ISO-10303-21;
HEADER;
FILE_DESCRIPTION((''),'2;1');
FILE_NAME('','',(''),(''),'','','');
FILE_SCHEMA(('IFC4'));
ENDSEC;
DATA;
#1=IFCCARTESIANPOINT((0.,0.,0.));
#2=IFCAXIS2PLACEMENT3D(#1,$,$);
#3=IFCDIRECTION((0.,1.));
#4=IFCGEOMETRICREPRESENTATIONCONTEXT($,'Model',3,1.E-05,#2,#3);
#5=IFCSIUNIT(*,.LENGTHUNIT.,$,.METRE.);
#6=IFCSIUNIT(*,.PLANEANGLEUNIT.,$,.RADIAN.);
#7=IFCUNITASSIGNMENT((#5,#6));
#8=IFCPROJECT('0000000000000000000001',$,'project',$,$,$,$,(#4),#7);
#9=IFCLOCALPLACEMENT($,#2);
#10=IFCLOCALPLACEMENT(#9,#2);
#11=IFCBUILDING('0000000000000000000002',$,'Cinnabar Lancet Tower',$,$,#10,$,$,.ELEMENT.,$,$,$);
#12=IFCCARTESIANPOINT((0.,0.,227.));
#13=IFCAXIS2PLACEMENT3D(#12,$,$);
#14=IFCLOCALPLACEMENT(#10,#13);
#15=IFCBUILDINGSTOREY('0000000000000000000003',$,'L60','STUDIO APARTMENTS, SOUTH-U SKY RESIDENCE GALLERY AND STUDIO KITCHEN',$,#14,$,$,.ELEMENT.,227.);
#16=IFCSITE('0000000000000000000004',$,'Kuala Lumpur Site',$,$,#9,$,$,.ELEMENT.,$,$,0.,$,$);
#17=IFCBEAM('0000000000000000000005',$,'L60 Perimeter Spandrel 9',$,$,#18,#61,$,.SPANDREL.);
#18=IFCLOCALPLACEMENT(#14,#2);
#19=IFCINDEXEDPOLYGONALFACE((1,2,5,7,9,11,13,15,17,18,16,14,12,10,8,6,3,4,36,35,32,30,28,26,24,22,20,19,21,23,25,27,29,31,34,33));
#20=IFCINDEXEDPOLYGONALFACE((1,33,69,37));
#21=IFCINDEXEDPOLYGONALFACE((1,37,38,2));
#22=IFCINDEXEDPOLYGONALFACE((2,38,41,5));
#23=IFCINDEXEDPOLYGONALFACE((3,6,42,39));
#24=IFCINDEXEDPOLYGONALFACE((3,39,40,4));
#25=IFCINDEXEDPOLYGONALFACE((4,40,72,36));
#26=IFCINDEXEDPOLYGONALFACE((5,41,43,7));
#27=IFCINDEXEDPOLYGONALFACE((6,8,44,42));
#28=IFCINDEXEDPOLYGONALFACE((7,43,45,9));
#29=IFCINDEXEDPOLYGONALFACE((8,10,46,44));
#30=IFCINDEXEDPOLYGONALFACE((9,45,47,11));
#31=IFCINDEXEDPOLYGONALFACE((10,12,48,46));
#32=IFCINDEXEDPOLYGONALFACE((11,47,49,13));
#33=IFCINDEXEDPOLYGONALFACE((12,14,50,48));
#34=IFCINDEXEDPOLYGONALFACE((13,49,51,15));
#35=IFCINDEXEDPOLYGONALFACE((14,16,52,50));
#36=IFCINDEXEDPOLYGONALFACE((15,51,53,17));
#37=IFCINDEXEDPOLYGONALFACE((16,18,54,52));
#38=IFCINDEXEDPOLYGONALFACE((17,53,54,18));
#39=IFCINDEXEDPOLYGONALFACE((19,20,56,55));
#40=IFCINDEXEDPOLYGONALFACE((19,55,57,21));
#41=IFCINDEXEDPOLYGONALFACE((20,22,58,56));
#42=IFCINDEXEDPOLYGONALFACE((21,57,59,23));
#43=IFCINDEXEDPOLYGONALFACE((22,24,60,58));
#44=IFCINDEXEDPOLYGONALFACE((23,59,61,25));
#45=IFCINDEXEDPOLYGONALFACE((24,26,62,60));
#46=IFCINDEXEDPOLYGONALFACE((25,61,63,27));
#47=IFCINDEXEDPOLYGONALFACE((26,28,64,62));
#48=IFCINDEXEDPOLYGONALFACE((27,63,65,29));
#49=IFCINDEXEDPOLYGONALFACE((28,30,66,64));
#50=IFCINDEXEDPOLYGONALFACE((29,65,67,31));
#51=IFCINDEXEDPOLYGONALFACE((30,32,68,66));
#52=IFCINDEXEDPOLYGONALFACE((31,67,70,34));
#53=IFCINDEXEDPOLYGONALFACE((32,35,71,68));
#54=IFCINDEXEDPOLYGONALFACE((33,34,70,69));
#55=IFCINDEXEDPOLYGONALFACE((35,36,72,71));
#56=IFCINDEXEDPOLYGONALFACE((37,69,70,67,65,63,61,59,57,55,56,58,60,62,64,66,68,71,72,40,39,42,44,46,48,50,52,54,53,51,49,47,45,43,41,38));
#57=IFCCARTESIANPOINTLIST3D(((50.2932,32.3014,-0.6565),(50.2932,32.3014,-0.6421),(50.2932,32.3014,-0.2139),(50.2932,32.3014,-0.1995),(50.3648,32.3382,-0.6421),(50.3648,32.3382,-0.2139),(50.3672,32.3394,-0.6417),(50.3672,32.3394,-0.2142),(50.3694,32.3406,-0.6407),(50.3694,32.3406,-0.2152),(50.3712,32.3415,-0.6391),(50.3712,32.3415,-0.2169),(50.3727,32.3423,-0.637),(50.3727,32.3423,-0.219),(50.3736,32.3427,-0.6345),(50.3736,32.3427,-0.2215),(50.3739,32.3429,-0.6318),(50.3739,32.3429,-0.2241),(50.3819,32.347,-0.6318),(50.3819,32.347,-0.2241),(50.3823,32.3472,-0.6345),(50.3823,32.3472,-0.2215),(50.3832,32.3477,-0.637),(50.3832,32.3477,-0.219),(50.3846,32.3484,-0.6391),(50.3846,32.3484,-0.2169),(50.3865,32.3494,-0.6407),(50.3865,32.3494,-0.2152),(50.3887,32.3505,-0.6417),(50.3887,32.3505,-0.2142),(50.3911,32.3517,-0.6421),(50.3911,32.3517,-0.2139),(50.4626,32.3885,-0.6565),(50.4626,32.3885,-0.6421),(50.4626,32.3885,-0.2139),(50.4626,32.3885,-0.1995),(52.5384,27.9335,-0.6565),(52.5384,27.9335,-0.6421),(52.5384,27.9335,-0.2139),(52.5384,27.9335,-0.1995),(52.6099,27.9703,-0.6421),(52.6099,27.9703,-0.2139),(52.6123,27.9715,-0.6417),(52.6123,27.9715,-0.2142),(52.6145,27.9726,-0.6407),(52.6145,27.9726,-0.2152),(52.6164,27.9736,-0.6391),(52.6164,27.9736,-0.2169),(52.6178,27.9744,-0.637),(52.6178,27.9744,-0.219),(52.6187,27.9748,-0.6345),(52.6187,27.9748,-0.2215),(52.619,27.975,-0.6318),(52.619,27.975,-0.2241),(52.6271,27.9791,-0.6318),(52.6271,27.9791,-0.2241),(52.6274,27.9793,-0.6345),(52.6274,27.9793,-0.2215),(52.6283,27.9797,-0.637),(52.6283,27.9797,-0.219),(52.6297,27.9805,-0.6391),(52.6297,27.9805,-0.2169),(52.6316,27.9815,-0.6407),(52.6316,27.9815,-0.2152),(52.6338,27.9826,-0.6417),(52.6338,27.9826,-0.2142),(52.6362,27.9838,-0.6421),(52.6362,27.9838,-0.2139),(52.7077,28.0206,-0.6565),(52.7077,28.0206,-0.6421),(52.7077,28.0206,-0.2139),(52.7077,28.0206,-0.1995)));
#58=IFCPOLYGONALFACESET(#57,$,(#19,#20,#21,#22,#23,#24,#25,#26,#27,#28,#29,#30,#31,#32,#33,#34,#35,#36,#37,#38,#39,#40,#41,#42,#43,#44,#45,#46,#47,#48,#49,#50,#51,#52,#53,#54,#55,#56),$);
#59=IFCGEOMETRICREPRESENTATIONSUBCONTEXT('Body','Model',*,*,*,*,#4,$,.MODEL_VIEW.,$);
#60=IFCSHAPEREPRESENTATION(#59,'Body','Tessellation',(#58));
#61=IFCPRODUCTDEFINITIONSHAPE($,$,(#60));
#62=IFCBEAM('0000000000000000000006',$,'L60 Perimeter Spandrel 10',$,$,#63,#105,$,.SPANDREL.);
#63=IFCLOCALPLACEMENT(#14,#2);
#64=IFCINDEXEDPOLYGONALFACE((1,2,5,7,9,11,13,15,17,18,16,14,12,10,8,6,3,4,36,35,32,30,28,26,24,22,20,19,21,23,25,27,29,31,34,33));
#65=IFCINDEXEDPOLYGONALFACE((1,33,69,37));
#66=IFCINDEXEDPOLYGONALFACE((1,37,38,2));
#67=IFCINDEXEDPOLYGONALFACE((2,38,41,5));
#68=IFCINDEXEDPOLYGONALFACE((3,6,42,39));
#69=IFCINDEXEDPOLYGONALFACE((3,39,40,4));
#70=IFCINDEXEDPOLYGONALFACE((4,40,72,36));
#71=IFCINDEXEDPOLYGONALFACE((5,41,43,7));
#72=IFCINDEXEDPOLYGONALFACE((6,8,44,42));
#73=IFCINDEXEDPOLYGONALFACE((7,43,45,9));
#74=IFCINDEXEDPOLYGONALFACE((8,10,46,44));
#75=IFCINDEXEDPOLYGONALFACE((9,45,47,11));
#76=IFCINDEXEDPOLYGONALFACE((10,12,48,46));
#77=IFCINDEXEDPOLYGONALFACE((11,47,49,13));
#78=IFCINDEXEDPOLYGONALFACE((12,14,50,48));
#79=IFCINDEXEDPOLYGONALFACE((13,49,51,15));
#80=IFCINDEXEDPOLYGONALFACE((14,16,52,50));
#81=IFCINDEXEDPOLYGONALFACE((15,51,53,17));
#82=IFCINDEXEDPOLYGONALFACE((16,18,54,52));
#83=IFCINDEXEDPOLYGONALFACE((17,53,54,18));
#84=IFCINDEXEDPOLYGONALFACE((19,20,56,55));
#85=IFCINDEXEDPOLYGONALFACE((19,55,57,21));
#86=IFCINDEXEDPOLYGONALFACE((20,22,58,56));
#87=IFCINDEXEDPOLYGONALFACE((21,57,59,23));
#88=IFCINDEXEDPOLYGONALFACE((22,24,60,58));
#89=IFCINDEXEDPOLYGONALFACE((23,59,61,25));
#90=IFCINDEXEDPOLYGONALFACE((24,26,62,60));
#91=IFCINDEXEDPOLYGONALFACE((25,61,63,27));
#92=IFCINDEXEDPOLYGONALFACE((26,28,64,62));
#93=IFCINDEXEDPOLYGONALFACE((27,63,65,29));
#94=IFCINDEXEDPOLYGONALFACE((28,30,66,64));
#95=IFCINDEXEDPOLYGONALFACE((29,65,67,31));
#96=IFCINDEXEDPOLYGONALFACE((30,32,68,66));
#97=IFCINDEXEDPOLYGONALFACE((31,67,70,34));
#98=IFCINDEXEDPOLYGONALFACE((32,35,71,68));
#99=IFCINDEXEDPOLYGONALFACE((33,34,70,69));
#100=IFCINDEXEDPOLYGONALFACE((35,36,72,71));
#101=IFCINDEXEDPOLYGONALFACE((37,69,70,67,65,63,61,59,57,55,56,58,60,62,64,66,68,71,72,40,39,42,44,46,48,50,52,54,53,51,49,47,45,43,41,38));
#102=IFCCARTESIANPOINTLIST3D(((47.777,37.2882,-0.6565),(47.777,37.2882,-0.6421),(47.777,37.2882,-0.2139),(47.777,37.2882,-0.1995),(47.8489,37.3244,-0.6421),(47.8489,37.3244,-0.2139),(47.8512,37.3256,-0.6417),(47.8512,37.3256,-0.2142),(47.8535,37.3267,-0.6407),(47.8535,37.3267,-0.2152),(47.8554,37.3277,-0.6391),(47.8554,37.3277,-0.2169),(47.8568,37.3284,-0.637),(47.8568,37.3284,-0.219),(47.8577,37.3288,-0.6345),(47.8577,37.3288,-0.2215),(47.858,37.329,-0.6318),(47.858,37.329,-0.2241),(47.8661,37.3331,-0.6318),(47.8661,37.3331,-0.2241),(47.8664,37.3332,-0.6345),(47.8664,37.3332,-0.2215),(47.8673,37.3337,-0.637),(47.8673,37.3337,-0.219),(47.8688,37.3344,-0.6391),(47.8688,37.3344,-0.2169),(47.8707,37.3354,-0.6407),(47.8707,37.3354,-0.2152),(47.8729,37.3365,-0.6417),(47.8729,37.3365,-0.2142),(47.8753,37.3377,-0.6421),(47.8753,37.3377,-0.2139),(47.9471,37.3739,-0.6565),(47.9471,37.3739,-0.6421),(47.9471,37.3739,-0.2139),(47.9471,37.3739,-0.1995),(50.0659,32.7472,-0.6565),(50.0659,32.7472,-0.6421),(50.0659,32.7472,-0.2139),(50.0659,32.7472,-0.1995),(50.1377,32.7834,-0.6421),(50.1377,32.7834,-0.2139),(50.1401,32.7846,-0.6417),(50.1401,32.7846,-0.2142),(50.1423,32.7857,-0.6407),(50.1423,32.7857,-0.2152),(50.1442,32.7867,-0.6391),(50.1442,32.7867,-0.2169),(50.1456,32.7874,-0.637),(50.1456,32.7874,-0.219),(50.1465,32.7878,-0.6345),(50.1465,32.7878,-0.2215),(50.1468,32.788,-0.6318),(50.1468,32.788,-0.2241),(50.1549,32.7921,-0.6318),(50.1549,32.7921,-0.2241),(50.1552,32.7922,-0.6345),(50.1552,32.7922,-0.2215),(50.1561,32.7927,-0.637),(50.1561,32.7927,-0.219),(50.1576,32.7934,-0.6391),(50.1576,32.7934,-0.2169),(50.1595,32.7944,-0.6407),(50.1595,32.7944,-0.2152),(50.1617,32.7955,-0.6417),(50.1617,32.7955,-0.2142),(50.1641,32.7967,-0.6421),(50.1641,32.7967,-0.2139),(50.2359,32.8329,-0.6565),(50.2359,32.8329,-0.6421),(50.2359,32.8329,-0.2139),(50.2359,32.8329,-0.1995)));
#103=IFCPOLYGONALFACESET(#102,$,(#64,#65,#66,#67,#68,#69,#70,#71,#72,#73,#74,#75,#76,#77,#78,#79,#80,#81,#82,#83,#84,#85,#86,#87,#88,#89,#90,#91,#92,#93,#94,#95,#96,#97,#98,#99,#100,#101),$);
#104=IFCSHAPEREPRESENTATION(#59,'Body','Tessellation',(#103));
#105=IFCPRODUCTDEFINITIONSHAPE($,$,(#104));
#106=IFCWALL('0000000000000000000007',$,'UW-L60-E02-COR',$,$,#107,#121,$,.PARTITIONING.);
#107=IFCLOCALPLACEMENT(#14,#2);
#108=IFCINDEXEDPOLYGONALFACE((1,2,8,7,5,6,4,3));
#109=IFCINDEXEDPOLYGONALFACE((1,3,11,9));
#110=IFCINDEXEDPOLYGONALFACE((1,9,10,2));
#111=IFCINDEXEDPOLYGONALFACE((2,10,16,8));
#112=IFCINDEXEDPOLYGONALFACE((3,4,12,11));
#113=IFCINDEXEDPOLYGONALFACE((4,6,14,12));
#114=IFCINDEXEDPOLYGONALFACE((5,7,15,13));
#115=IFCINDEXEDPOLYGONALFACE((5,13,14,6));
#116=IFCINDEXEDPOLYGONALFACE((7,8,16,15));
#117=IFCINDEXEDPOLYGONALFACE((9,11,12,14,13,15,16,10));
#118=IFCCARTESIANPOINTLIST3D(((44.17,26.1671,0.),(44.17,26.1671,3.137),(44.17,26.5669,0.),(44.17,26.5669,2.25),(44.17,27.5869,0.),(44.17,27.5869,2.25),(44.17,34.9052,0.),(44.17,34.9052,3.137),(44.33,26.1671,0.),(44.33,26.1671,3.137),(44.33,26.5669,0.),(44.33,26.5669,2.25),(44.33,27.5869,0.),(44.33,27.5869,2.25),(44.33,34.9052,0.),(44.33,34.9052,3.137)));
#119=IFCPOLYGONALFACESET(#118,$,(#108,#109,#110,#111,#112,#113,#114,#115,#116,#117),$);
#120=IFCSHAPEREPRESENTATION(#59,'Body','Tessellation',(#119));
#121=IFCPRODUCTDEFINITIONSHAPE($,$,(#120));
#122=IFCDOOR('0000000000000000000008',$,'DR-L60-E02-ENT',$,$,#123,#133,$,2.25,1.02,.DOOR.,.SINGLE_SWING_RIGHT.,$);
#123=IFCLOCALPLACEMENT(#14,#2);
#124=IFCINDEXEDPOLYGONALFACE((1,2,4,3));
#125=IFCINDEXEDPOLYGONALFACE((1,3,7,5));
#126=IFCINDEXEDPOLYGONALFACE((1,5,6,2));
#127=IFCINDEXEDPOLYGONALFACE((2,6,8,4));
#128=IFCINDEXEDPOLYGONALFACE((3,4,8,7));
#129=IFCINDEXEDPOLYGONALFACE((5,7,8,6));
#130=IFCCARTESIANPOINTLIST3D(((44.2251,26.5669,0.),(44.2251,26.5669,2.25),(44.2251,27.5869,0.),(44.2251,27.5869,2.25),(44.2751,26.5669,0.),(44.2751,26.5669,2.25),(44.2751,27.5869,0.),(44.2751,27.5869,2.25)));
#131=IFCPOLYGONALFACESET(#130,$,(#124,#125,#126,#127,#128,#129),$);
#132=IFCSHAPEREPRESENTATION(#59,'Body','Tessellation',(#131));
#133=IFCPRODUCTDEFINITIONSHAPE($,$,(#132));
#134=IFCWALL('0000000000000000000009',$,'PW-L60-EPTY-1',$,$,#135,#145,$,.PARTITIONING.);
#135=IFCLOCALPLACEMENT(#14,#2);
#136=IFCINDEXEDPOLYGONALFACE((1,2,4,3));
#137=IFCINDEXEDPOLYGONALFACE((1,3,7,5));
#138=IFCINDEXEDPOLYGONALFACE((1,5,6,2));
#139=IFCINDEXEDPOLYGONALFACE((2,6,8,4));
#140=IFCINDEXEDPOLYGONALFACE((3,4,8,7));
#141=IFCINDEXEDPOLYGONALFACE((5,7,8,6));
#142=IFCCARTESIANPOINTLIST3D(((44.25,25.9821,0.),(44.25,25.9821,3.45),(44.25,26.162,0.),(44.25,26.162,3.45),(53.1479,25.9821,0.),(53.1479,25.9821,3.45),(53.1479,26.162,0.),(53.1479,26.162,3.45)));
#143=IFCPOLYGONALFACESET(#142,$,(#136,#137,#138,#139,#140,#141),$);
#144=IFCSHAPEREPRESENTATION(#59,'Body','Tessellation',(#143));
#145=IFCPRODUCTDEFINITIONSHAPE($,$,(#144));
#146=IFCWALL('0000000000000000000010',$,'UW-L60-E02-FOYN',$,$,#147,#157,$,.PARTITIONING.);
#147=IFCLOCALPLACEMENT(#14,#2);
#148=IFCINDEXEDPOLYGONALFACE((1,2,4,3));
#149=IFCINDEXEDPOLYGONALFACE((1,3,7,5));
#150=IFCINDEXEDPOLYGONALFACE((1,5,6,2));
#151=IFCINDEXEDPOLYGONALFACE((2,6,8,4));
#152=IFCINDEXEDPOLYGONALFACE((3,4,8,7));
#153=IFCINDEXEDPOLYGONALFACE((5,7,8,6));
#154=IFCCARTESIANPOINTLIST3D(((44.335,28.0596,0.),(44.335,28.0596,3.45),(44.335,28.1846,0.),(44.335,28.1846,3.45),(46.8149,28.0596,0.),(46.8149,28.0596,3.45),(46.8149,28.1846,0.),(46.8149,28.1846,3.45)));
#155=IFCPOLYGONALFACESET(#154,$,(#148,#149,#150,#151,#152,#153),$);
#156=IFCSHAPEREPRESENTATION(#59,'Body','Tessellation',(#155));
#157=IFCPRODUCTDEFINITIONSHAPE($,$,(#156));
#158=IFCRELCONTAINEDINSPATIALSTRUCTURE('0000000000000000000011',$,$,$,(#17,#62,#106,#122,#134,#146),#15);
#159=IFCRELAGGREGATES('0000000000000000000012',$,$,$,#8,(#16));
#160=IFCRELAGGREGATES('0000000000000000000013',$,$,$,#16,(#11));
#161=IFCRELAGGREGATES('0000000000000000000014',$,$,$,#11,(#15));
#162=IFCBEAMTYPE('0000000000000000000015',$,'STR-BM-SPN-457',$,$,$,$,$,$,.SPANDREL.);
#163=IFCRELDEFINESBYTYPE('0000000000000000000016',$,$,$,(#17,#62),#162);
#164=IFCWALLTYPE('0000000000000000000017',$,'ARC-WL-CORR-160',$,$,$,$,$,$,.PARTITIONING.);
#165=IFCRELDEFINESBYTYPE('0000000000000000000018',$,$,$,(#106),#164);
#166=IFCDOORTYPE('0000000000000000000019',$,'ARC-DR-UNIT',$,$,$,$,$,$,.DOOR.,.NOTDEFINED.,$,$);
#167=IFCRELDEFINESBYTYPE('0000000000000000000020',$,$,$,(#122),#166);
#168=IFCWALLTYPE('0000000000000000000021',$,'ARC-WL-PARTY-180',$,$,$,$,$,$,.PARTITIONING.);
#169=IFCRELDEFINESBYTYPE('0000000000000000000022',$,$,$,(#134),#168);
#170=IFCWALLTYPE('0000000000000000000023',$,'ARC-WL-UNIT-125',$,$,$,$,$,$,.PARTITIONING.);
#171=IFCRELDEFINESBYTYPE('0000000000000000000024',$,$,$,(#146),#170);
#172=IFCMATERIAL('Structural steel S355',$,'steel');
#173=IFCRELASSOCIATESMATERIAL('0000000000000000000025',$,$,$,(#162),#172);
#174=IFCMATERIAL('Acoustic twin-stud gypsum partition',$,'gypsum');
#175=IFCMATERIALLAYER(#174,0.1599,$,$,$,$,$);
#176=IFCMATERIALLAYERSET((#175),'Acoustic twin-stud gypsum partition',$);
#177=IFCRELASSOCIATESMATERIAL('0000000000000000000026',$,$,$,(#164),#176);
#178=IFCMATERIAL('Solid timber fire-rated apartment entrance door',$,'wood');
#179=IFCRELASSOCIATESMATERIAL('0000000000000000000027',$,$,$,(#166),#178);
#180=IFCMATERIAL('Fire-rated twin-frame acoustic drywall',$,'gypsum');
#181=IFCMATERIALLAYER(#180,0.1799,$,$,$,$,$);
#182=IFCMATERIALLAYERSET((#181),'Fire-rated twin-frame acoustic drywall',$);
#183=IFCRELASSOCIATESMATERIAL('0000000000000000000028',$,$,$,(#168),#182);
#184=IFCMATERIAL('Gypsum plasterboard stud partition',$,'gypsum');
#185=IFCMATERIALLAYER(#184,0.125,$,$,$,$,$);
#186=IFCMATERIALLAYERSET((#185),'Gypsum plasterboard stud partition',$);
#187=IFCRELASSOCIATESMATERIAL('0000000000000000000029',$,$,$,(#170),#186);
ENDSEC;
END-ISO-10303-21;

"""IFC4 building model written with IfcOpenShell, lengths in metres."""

from ifc_helpers import new_model, si_unit, direction, frame, frame_2d, origin, origin_2d, place, context, subcontext, project, spatial, rectangle, i_section, extrude, material, layer, layer_set, material_profile, profile_set, type_object, element, fill, save


model = new_model("IFC4")

# Units and contexts
model_context = context("Model", 3, precision=1e-05, world=origin(), true_north=direction((0.0, 1.0)))
body_context = subcontext(model_context, "Body", "Model", "MODEL_VIEW")
ifc_project = project(units=[si_unit("LENGTHUNIT", "METRE"), si_unit("PLANEANGLEUNIT", "RADIAN")], contexts=[model_context])

# Site, building, storey
site_placement = place(None, origin())
site = spatial("IfcSite", under=ifc_project, at=site_placement, Name="Kuala Lumpur Site", CompositionType="ELEMENT", RefElevation=0.0)
building_placement = place(site_placement, origin())
building = spatial("IfcBuilding", under=site, at=building_placement, Name="Cinnabar Lancet Tower", CompositionType="ELEMENT")
storey_placement = place(building_placement, frame((0.0, 0.0, 227.0)))
storey = spatial("IfcBuildingStorey", under=building, at=storey_placement, Name="L60", Description="STUDIO APARTMENTS, SOUTH-U SKY RESIDENCE GALLERY AND STUDIO KITCHEN", CompositionType="ELEMENT", Elevation=227.0)

# Beams
ifc_material_1 = material(Name="Structural steel S355", Category="steel")
ifc_material_profile_1 = material_profile(ifc_material_1, i_section(OverallWidth=0.1904, OverallDepth=0.457, WebThickness=0.009, FlangeThickness=0.0144, FilletRadius=0.0103, at=origin_2d()), Name="UKB 457x191x74")
ifc_profile_set_1 = profile_set([ifc_material_profile_1], Name="Structural steel S355")
beam_type_1 = type_object("IfcBeamType", Name="STR-BM-SPN-457", PredefinedType="SPANDREL", material=ifc_profile_set_1)
beam_1_placement = place(storey_placement, frame((52.623, 27.9771, -0.428), z_axis=(-0.457148, 0.889391, 0.0), x_axis=(-0.889391, -0.457148, 0.0)))
element("IfcBeam", 1, at=beam_1_placement, inside=storey, type_object=beam_type_1, Name="L60 Perimeter Spandrel 9", PredefinedType="SPANDREL", context=body_context, shape_type="SweptSolid", body=[
    extrude(i_section(OverallWidth=0.1904, OverallDepth=0.457, WebThickness=0.009, FlangeThickness=0.0144, FilletRadius=0.0103, at=origin_2d()), origin(), (0.0, 0.0, 1.0), 4.9111),
])
beam_2_placement = place(storey_placement, frame((50.1509, 32.79, -0.428), z_axis=(-0.450092, 0.892982, 0.0), x_axis=(-0.892982, -0.450092, 0.0)))
element("IfcBeam", 2, at=beam_2_placement, inside=storey, type_object=beam_type_1, Name="L60 Perimeter Spandrel 10", PredefinedType="SPANDREL", context=body_context, shape_type="SweptSolid", body=[
    extrude(i_section(OverallWidth=0.1904, OverallDepth=0.457, WebThickness=0.009, FlangeThickness=0.0144, FilletRadius=0.0103, at=origin_2d()), origin(), (0.0, 0.0, 1.0), 5.0852),
])

# Wall, opening, door
ifc_material_2 = material(Name="Acoustic twin-stud gypsum partition", Category="gypsum")
ifc_layer_1 = layer(ifc_material_2, 0.1599)
ifc_layer_set_1 = layer_set([ifc_layer_1], Name="Acoustic twin-stud gypsum partition")
wall_type_1 = type_object("IfcWallType", Name="ARC-WL-CORR-160", PredefinedType="PARTITIONING", material=ifc_layer_set_1)
wall_1_placement = place(storey_placement, frame((44.25, 26.167, 0.0), z_axis=(0.0, 0.0, 1.0), x_axis=(0.0, 1.0, 0.0)))
wall_1 = element("IfcWall", 3, at=wall_1_placement, inside=storey, type_object=wall_type_1, Name="UW-L60-E02-COR", PredefinedType="PARTITIONING", context=body_context, shape_type="SweptSolid", body=[
    extrude(rectangle(XDim=8.738, YDim=0.1599, at=frame_2d((4.3691, 0.0))), origin(), (0.0, 0.0, 1.0), 3.137),
])
opening_1_placement = place(wall_1_placement, frame((0.3999, 0.0, 0.0)))
opening_1 = element("IfcOpeningElement", 4, at=opening_1_placement, cuts=wall_1, PredefinedType="OPENING", context=body_context, shape_type="SweptSolid", body=[
    extrude(rectangle(XDim=1.02, YDim=2.25, at=frame_2d((0.51, 1.125))), frame((0.0, 0.0898, 0.0), z_axis=(0.0, -1.0, 0.0), x_axis=(1.0, 0.0, 0.0)), (0.0, 0.0, 1.0), 0.1799),
])
ifc_material_3 = material(Name="Solid timber fire-rated apartment entrance door", Category="wood")
door_type_1 = type_object("IfcDoorType", Name="ARC-DR-UNIT", OperationType="NOTDEFINED", PredefinedType="DOOR", material=ifc_material_3)
door_1_placement = place(opening_1_placement, origin())
door_1 = element("IfcDoor", 5, at=door_1_placement, inside=storey, type_object=door_type_1, Name="DR-L60-E02-ENT", OperationType="SINGLE_SWING_RIGHT", OverallHeight=2.25, OverallWidth=1.02, PredefinedType="DOOR", context=body_context, shape_type="SweptSolid", body=[
    extrude(rectangle(XDim=1.02, YDim=2.25, at=frame_2d((0.51, 1.125))), frame((0.0, 0.0249, 0.0), z_axis=(0.0, -1.0, 0.0), x_axis=(1.0, 0.0, 0.0)), (0.0, 0.0, 1.0), 0.05),
])
fill(opening_1, door_1)

# Walls
ifc_material_4 = material(Name="Fire-rated twin-frame acoustic drywall", Category="gypsum")
ifc_layer_2 = layer(ifc_material_4, 0.1799)
ifc_layer_set_2 = layer_set([ifc_layer_2], Name="Fire-rated twin-frame acoustic drywall")
wall_type_2 = type_object("IfcWallType", Name="ARC-WL-PARTY-180", PredefinedType="PARTITIONING", material=ifc_layer_set_2)
wall_2_placement = place(storey_placement, frame((44.25, 26.072, 0.0), z_axis=(0.0, 0.0, 1.0), x_axis=(1.0, 0.0, 0.0)))
element("IfcWall", 6, at=wall_2_placement, inside=storey, type_object=wall_type_2, Name="PW-L60-EPTY-1", PredefinedType="PARTITIONING", context=body_context, shape_type="SweptSolid", body=[
    extrude(rectangle(XDim=8.8979, YDim=0.1799, at=frame_2d((4.449, 0.0))), origin(), (0.0, 0.0, 1.0), 3.45),
])
ifc_material_5 = material(Name="Gypsum plasterboard stud partition", Category="gypsum")
ifc_layer_3 = layer(ifc_material_5, 0.125)
ifc_layer_set_3 = layer_set([ifc_layer_3], Name="Gypsum plasterboard stud partition")
wall_type_3 = type_object("IfcWallType", Name="ARC-WL-UNIT-125", PredefinedType="PARTITIONING", material=ifc_layer_set_3)
wall_3_placement = place(storey_placement, frame((44.335, 28.1221, 0.0), z_axis=(0.0, 0.0, 1.0), x_axis=(1.0, 0.0, 0.0)))
element("IfcWall", 7, at=wall_3_placement, inside=storey, type_object=wall_type_3, Name="UW-L60-E02-FOYN", PredefinedType="PARTITIONING", context=body_context, shape_type="SweptSolid", body=[
    extrude(rectangle(XDim=2.48, YDim=0.125, at=frame_2d((1.24, 0.0))), origin(), (0.0, 0.0, 1.0), 3.45),
])

save(model, "model.ifc")
